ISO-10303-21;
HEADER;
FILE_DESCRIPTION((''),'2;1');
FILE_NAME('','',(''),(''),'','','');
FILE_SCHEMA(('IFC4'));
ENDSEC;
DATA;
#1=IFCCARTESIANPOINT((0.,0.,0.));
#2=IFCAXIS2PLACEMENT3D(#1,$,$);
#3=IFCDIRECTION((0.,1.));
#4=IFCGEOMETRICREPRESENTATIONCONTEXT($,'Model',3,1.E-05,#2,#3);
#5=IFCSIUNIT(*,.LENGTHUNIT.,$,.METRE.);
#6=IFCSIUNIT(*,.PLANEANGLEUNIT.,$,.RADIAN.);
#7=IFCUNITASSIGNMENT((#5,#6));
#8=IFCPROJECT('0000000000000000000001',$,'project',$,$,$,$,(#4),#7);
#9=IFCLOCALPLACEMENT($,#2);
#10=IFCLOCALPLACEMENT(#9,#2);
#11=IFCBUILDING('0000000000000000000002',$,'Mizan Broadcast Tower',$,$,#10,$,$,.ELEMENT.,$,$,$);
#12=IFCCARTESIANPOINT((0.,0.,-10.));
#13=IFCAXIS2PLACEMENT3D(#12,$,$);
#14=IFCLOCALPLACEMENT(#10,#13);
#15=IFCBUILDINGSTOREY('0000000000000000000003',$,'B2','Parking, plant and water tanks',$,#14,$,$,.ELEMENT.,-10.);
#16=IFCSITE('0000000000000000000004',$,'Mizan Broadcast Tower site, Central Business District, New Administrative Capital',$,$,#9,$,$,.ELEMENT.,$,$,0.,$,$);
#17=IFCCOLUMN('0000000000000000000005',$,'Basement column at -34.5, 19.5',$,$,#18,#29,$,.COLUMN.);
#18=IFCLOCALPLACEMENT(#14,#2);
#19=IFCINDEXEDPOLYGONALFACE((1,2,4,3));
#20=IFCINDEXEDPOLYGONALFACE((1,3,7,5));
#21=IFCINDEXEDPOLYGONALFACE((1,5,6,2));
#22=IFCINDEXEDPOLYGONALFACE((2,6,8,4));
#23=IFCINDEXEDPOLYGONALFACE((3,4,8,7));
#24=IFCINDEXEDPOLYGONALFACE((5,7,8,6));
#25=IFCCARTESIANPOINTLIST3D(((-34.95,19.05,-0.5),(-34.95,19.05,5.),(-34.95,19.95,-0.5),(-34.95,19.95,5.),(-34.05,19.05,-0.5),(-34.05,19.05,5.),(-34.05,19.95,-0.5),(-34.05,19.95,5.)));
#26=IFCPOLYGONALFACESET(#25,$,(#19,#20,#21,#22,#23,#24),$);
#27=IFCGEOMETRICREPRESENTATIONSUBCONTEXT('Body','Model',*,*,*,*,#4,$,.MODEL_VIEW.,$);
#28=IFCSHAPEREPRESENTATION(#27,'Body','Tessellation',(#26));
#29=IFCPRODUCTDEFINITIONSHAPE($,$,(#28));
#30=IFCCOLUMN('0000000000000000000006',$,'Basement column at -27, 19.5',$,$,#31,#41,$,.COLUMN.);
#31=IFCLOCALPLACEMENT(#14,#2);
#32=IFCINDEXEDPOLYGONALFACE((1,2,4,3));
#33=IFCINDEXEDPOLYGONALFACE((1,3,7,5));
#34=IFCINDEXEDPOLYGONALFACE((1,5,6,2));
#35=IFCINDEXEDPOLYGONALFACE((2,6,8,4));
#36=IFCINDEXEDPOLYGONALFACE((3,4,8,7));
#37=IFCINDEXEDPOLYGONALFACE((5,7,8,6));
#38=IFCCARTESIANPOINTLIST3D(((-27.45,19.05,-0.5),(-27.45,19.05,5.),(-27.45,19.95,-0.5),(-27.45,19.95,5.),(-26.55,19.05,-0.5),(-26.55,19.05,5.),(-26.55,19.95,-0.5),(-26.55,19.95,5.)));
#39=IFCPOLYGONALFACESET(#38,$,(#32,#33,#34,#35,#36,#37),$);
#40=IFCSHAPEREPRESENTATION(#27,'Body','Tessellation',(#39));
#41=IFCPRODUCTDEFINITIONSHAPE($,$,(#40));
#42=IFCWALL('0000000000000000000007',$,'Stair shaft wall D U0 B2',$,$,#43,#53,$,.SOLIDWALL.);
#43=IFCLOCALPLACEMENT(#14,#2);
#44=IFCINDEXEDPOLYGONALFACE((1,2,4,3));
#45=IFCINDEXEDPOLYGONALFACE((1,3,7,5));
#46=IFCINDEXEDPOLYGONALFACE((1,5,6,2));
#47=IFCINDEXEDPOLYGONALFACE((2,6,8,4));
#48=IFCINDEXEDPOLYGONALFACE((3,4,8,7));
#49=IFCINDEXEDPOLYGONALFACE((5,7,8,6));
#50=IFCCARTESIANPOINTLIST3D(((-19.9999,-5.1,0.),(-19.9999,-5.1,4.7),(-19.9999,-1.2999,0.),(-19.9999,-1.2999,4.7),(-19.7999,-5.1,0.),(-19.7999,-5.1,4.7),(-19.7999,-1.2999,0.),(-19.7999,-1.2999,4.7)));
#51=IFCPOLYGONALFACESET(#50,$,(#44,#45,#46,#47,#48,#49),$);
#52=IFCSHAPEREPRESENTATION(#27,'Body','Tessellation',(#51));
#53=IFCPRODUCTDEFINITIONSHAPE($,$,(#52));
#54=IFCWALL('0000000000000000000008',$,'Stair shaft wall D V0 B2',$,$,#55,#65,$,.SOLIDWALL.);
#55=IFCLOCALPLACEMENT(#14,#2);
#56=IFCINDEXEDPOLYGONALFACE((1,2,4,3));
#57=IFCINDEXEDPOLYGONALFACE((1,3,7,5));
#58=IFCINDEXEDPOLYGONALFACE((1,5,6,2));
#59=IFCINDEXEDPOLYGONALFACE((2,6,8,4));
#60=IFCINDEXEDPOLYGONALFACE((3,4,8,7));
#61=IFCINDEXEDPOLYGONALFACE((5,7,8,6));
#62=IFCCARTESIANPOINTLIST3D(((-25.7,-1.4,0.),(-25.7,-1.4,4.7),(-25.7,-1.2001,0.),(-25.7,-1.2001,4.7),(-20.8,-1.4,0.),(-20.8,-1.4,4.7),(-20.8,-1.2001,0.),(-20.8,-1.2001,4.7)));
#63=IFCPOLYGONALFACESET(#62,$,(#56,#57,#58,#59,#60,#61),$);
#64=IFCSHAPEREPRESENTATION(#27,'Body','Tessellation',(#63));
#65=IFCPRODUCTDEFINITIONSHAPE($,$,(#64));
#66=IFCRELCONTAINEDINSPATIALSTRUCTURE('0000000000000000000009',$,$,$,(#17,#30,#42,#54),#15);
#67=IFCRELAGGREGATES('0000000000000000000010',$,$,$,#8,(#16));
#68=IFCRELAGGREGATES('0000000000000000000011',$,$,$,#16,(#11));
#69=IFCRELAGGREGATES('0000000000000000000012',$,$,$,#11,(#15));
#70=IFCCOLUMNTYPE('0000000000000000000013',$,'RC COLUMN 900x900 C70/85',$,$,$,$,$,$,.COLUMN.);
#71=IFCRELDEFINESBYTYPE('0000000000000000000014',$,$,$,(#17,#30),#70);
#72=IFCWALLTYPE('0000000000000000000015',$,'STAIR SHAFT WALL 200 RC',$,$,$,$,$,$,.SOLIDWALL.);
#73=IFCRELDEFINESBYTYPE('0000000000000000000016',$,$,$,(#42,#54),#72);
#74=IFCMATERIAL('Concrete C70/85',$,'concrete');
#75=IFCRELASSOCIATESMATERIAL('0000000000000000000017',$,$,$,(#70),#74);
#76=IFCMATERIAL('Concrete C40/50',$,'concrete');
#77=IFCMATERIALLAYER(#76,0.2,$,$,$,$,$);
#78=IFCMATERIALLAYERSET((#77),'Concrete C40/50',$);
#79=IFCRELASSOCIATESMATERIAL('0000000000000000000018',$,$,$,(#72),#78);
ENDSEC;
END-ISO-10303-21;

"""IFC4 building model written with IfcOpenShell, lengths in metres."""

from ifc_helpers import new_model, si_unit, direction, frame, frame_2d, origin, origin_2d, place, context, subcontext, project, spatial, rectangle, extrude, material, layer, layer_set, material_profile, profile_set, type_object, element, save


model = new_model("IFC4")

# Units and contexts
model_context = context("Model", 3, precision=1e-05, world=origin(), true_north=direction((0.0, 1.0)))
body_context = subcontext(model_context, "Body", "Model", "MODEL_VIEW")
ifc_project = project(units=[si_unit("LENGTHUNIT", "METRE"), si_unit("PLANEANGLEUNIT", "RADIAN")], contexts=[model_context])

# Site, building, storey
site_placement = place(None, origin())
site = spatial("IfcSite", under=ifc_project, at=site_placement, Name="Mizan Broadcast Tower site, Central Business District, New Administrative Capital", CompositionType="ELEMENT", RefElevation=0.0)
building_placement = place(site_placement, origin())
building = spatial("IfcBuilding", under=site, at=building_placement, Name="Mizan Broadcast Tower", CompositionType="ELEMENT")
storey_placement = place(building_placement, frame((0.0, 0.0, -10.0)))
storey = spatial("IfcBuildingStorey", under=building, at=storey_placement, Name="B2", Description="Parking, plant and water tanks", CompositionType="ELEMENT", Elevation=-10.0)

# Columns
ifc_material_1 = material(Name="Concrete C70/85", Category="concrete")
ifc_material_profile_1 = material_profile(ifc_material_1, rectangle(XDim=0.8999, YDim=0.8999, at=origin_2d()), Name="RC 900x900")
ifc_profile_set_1 = profile_set([ifc_material_profile_1], Name="Concrete C70/85")
column_type_1 = type_object("IfcColumnType", Name="RC COLUMN 900x900 C70/85", PredefinedType="COLUMN", material=ifc_profile_set_1)
for number, where, z_axis, x_axis, name in (
    (1, (-34.5, 19.5, -0.5), (0.0, 0.0, 1.0), (1.0, 0.0, 0.0), "Basement column at -34.5, 19.5"),
    (2, (-27.0, 19.5, -0.5), (0.0, 0.0, 1.0), (1.0, 0.0, 0.0), "Basement column at -27, 19.5"),
):
    element("IfcColumn", number, at=place(storey_placement, frame(where, z_axis=z_axis, x_axis=x_axis)), inside=storey, type_object=column_type_1, Name=name, PredefinedType="COLUMN", context=body_context, shape_type="SweptSolid", body=[
        extrude(rectangle(XDim=0.8999, YDim=0.8999, at=origin_2d()), origin(), (0.0, 0.0, 1.0), 5.5),
    ])

# Walls
ifc_material_2 = material(Name="Concrete C40/50", Category="concrete")
ifc_layer_1 = layer(ifc_material_2, 0.2)
ifc_layer_set_1 = layer_set([ifc_layer_1], Name="Concrete C40/50")
wall_type = type_object("IfcWallType", Name="STAIR SHAFT WALL 200 RC", PredefinedType="SOLIDWALL", material=ifc_layer_set_1)
wall_1_placement = place(storey_placement, frame((-19.8999, -1.3, 0.0), z_axis=(0.0, 0.0, 1.0), x_axis=(0.0, -1.0, 0.0)))
element("IfcWall", 3, at=wall_1_placement, inside=storey, type_object=wall_type, Name="Stair shaft wall D U0 B2", PredefinedType="SOLIDWALL", context=body_context, shape_type="SweptSolid", body=[
    extrude(rectangle(XDim=3.8, YDim=0.2, at=frame_2d((1.8999, 0.0))), origin(), (0.0, 0.0, 1.0), 4.7),
])
wall_2_placement = place(storey_placement, frame((-20.8, -1.3, 0.0), z_axis=(0.0, 0.0, 1.0), x_axis=(-1.0, 0.0, 0.0)))
element("IfcWall", 4, at=wall_2_placement, inside=storey, type_object=wall_type, Name="Stair shaft wall D V0 B2", PredefinedType="SOLIDWALL", context=body_context, shape_type="SweptSolid", body=[
    extrude(rectangle(XDim=4.8999, YDim=0.2, at=frame_2d((2.45, 0.0))), origin(), (0.0, 0.0, 1.0), 4.7),
])

save(model, "model.ifc")
